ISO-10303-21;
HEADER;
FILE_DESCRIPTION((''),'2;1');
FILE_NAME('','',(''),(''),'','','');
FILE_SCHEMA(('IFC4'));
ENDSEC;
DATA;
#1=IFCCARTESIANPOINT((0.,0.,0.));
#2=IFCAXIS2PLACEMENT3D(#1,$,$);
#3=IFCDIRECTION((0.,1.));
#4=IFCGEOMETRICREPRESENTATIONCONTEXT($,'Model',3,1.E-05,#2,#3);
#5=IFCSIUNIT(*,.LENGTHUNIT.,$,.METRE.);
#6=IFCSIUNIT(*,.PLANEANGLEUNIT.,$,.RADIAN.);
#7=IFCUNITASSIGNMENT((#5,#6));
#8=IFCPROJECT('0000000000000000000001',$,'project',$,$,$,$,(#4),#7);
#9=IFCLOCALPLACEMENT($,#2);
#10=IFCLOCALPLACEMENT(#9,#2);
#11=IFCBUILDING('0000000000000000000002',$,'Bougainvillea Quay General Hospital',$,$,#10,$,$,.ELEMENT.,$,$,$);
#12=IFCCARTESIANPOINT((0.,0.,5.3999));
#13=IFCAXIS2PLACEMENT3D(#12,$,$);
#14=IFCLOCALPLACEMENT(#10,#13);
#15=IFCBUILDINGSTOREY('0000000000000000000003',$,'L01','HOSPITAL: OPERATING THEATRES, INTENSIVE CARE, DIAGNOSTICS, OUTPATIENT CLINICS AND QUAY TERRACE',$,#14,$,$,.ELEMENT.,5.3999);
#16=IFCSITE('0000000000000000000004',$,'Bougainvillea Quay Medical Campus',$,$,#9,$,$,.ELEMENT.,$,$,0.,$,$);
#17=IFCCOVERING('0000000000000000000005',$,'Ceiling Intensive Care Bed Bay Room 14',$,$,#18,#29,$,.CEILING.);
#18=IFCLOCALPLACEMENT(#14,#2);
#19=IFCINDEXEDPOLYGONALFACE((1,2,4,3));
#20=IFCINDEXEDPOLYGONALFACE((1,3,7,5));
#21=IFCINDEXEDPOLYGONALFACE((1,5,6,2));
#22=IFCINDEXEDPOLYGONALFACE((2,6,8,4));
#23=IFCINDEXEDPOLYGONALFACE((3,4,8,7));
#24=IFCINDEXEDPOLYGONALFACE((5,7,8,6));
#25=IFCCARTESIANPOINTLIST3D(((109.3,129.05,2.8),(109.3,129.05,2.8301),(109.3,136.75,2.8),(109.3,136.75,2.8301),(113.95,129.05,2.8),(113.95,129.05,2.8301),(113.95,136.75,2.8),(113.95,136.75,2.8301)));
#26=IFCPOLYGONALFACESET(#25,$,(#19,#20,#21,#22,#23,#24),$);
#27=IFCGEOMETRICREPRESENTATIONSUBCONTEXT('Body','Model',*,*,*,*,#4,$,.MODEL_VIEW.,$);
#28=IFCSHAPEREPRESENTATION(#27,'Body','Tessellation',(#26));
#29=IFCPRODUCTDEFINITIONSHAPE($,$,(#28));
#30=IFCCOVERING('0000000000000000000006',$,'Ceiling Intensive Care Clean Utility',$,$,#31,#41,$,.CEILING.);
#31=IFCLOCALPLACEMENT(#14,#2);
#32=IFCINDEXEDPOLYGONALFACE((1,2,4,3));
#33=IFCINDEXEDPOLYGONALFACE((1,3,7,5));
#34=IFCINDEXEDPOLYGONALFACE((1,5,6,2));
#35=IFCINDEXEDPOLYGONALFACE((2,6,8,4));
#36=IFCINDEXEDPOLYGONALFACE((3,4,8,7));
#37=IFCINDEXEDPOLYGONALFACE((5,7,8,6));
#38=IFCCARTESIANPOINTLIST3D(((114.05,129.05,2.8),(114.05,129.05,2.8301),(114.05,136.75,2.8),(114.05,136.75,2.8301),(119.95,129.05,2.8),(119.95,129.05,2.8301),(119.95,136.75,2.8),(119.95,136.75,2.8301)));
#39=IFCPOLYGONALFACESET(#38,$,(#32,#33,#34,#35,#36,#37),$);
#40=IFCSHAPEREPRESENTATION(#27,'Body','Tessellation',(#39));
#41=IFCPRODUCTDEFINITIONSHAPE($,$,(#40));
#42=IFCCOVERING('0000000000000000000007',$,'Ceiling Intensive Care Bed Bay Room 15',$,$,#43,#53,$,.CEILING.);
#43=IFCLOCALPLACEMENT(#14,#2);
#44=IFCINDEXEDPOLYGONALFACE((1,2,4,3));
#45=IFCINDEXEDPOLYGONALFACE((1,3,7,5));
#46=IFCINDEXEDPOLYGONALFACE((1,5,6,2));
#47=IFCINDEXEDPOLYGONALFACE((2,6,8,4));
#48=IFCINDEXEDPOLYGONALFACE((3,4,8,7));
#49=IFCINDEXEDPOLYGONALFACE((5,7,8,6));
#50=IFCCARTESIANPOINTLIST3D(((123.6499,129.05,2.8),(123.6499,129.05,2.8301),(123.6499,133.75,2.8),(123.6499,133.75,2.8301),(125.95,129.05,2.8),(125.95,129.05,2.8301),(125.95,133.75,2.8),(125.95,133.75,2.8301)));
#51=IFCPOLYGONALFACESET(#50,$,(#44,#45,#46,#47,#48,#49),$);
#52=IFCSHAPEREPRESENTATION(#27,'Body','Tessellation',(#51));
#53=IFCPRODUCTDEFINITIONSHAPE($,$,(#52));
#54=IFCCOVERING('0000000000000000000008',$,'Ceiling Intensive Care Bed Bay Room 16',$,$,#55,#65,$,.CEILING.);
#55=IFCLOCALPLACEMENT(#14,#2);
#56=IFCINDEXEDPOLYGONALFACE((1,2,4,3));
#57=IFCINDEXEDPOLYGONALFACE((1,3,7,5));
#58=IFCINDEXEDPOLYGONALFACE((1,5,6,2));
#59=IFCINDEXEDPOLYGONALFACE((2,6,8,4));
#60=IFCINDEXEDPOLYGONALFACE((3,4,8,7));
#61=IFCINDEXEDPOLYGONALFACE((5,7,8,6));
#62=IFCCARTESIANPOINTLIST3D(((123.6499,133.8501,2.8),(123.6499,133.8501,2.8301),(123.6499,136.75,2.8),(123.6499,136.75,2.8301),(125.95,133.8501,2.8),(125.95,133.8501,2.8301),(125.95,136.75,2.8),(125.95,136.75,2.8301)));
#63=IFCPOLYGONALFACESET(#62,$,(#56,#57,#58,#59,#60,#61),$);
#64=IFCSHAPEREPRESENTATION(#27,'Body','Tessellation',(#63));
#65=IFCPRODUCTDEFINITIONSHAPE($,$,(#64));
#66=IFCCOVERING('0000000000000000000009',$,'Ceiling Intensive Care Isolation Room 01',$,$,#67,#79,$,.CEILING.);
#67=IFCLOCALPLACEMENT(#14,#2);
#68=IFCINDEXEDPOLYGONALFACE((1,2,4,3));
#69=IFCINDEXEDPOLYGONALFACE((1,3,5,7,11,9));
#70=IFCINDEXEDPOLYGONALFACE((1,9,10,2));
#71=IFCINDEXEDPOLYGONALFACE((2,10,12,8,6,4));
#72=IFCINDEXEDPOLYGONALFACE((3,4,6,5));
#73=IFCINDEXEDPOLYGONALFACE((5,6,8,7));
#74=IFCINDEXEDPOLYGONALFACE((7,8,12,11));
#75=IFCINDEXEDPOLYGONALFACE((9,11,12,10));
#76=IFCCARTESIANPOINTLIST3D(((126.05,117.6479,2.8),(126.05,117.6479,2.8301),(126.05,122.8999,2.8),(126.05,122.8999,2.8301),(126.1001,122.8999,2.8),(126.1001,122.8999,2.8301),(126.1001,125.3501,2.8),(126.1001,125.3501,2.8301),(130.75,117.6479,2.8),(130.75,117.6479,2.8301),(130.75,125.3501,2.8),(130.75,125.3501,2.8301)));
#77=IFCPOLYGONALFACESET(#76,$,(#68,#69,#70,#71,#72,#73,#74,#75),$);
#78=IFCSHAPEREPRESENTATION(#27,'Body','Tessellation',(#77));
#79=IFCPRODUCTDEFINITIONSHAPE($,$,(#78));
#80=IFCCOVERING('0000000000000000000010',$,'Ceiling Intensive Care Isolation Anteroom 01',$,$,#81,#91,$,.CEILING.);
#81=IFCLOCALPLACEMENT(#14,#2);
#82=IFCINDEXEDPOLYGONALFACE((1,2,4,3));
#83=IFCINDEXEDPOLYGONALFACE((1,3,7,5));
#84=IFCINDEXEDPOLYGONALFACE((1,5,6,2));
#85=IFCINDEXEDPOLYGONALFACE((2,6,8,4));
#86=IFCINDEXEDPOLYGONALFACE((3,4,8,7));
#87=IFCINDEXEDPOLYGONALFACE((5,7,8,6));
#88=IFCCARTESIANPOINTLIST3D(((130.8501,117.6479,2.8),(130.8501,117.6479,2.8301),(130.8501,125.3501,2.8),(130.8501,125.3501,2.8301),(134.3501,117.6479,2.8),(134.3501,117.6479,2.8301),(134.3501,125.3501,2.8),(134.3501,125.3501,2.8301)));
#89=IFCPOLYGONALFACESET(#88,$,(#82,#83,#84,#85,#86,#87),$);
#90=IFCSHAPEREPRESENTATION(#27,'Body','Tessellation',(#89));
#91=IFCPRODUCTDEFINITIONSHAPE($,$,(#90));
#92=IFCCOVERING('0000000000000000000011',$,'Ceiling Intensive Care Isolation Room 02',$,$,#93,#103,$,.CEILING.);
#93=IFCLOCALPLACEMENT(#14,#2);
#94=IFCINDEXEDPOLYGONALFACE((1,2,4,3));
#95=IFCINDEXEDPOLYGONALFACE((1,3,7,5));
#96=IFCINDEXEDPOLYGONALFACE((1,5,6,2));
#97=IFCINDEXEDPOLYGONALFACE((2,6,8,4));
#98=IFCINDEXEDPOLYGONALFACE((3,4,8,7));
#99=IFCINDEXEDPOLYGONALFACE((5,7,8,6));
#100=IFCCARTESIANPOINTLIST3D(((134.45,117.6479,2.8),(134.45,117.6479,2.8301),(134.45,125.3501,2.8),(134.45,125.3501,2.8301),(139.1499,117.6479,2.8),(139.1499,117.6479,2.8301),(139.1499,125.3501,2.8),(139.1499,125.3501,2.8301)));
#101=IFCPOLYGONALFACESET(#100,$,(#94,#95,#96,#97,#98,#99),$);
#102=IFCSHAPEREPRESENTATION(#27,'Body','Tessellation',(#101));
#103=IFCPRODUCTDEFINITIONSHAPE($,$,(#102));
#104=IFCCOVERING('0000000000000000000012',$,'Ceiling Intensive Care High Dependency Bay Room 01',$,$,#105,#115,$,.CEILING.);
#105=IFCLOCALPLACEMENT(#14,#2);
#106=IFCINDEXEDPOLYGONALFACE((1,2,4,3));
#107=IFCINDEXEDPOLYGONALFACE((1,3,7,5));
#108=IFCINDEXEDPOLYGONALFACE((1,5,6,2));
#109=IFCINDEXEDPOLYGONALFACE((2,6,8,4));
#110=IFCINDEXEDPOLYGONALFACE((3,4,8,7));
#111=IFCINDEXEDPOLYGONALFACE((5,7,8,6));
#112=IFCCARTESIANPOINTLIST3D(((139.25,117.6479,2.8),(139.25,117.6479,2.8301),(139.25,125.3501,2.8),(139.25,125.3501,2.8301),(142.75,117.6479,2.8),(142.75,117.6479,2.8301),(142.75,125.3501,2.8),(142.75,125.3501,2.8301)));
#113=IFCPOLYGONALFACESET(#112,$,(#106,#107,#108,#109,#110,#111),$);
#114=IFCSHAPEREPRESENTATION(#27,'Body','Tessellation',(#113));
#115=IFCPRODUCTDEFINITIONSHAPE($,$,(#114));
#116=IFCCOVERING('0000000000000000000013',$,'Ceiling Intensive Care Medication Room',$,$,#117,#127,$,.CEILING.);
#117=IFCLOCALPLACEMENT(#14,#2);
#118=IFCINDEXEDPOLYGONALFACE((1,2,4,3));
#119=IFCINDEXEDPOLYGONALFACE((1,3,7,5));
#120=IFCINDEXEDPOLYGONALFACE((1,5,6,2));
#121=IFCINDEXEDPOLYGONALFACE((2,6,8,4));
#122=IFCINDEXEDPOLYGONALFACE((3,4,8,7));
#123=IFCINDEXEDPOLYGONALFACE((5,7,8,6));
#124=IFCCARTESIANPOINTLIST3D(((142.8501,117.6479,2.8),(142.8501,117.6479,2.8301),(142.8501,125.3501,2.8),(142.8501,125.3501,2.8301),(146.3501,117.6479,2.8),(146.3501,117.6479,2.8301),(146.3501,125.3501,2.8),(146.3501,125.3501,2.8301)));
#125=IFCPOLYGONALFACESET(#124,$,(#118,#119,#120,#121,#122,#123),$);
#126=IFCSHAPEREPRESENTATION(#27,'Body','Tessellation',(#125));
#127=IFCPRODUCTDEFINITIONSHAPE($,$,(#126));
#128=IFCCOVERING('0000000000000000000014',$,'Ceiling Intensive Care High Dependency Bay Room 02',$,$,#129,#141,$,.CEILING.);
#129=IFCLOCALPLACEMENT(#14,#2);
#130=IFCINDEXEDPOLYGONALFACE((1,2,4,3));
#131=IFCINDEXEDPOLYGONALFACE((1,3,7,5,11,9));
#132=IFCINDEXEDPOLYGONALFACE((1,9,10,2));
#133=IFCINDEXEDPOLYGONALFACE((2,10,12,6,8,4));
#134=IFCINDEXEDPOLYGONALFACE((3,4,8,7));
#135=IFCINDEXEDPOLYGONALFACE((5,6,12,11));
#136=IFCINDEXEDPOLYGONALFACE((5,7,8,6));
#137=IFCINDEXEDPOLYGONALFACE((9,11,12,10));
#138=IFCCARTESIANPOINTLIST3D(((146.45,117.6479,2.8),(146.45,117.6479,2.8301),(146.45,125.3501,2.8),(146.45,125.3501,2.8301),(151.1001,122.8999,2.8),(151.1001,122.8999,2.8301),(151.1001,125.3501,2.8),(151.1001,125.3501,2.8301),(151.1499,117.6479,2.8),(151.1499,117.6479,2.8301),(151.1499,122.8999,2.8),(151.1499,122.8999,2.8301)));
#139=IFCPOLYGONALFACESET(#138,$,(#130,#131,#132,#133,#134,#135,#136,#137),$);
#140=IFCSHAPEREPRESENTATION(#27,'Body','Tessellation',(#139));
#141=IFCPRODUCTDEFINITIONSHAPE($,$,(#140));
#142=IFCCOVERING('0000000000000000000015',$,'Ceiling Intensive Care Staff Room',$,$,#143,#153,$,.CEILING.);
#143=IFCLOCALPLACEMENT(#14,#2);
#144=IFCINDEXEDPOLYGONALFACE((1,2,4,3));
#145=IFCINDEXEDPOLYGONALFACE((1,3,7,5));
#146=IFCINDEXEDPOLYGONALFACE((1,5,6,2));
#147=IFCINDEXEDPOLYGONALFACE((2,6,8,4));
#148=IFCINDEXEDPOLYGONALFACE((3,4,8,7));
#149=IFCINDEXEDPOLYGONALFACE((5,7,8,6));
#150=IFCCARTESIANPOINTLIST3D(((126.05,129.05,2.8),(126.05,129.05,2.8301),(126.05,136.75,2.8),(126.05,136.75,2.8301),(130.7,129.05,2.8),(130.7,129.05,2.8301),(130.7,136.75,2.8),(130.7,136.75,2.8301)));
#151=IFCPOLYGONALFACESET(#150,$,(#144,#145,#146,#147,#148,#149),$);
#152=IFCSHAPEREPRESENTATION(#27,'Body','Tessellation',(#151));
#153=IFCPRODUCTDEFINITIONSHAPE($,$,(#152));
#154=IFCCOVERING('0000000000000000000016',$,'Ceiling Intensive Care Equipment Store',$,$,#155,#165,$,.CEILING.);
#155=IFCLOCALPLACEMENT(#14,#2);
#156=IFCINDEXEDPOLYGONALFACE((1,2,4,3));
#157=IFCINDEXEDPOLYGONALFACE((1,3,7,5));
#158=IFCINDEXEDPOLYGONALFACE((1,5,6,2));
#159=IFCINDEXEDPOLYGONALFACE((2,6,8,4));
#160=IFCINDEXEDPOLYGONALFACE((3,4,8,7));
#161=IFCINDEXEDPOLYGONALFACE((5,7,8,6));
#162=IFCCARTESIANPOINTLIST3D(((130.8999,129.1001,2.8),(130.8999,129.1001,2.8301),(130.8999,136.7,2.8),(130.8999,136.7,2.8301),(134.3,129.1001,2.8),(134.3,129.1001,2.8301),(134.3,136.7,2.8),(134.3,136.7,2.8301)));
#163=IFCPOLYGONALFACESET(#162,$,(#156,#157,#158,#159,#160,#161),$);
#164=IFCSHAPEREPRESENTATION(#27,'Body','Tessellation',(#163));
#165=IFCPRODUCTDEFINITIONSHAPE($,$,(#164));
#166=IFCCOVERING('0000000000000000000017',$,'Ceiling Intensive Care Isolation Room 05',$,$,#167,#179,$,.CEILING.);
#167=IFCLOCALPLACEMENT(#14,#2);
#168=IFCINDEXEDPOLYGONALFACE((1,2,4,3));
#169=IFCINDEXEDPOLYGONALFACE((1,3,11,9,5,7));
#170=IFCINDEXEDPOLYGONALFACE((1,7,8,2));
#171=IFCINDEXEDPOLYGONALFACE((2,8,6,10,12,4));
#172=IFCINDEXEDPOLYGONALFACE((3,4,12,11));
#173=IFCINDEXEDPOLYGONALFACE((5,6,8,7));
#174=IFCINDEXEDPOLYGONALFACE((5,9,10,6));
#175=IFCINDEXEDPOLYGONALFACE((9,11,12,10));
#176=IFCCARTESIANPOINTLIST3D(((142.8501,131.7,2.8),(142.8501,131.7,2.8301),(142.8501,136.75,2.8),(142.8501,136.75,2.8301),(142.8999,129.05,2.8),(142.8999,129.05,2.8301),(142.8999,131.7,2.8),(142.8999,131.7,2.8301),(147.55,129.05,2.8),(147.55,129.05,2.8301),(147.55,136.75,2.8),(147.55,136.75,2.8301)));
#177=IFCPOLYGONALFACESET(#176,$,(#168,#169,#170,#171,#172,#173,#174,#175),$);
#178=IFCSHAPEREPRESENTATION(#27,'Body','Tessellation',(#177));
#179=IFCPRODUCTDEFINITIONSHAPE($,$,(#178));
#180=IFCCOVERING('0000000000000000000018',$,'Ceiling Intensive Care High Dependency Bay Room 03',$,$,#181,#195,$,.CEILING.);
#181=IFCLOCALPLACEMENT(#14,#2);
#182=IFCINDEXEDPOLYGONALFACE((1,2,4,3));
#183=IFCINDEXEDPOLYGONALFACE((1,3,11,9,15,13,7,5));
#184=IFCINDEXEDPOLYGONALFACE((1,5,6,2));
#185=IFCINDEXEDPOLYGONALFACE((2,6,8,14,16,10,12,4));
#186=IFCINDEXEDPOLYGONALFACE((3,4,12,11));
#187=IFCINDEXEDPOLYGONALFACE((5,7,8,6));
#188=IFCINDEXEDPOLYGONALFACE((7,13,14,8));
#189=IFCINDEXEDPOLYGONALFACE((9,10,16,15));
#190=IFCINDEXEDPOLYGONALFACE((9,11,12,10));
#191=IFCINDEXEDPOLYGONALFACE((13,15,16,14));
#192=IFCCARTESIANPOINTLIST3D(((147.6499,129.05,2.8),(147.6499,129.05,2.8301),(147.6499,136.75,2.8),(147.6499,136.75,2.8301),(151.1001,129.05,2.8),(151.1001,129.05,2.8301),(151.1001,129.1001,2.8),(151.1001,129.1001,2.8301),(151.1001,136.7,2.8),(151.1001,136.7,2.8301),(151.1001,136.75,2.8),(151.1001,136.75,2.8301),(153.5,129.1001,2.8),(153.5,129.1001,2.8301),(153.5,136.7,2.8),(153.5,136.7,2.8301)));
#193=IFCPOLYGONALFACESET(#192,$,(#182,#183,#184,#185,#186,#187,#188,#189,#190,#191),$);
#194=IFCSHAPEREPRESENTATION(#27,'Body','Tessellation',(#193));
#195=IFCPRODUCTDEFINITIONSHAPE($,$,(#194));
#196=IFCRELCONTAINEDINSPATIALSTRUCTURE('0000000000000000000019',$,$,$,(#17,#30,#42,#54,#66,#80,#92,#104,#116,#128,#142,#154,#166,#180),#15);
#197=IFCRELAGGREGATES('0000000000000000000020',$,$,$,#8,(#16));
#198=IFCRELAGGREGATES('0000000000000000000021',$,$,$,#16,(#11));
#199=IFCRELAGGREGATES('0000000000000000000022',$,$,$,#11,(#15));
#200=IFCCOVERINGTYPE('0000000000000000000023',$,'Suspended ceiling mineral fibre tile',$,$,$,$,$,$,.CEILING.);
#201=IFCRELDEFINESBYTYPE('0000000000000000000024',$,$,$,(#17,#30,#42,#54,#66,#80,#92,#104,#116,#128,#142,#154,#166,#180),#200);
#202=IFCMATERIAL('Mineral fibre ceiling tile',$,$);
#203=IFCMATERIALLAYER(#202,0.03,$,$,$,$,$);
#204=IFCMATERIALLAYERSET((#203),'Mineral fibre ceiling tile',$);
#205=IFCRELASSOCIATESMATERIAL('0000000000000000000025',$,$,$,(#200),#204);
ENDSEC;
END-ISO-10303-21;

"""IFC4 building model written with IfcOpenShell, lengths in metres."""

from ifc_helpers import new_model, si_unit, direction, frame, origin, place, context, subcontext, project, spatial, polyline, outline, extrude, material, layer, layer_set, type_object, element, save


model = new_model("IFC4")

# Units and contexts
model_context = context("Model", 3, precision=1e-05, world=origin(), true_north=direction((0.0, 1.0)))
body_context = subcontext(model_context, "Body", "Model", "MODEL_VIEW")
ifc_project = project(units=[si_unit("LENGTHUNIT", "METRE"), si_unit("PLANEANGLEUNIT", "RADIAN")], contexts=[model_context])

# Site, building, storey
site_placement = place(None, origin())
site = spatial("IfcSite", under=ifc_project, at=site_placement, Name="Bougainvillea Quay Medical Campus", CompositionType="ELEMENT", RefElevation=0.0)
building_placement = place(site_placement, origin())
building = spatial("IfcBuilding", under=site, at=building_placement, Name="Bougainvillea Quay General Hospital", CompositionType="ELEMENT")
storey_placement = place(building_placement, frame((0.0, 0.0, 5.3999)))
storey = spatial("IfcBuildingStorey", under=building, at=storey_placement, Name="L01", Description="HOSPITAL: OPERATING THEATRES, INTENSIVE CARE, DIAGNOSTICS, OUTPATIENT CLINICS AND QUAY TERRACE", CompositionType="ELEMENT", Elevation=5.3999)

# Coverings
ifc_material = material(Name="Mineral fibre ceiling tile")
ifc_layer = layer(ifc_material, 0.03)
ifc_layer_set = layer_set([ifc_layer], Name="Mineral fibre ceiling tile")
covering_type = type_object("IfcCoveringType", Name="Suspended ceiling mineral fibre tile", PredefinedType="CEILING", material=ifc_layer_set)
covering_1_placement = place(storey_placement, frame((0.0, 0.0, 2.8)))
element("IfcCovering", 1, at=covering_1_placement, inside=storey, type_object=covering_type, Name="Ceiling Intensive Care Bed Bay Room 14", PredefinedType="CEILING", context=body_context, shape_type="SweptSolid", body=[
    extrude(outline(polyline([(113.95, 129.05), (113.95, 136.75), (109.3, 136.75), (109.3, 129.05), (113.95, 129.05)])), origin(), (0.0, 0.0, 1.0), 0.03),
])
covering_2_placement = place(storey_placement, frame((0.0, 0.0, 2.8)))
element("IfcCovering", 2, at=covering_2_placement, inside=storey, type_object=covering_type, Name="Ceiling Intensive Care Clean Utility", PredefinedType="CEILING", context=body_context, shape_type="SweptSolid", body=[
    extrude(outline(polyline([(114.05, 129.05), (119.95, 129.05), (119.95, 136.75), (114.05, 136.75), (114.05, 129.05)])), origin(), (0.0, 0.0, 1.0), 0.03),
])
covering_3_placement = place(storey_placement, frame((0.0, 0.0, 2.8)))
element("IfcCovering", 3, at=covering_3_placement, inside=storey, type_object=covering_type, Name="Ceiling Intensive Care Bed Bay Room 15", PredefinedType="CEILING", context=body_context, shape_type="SweptSolid", body=[
    extrude(outline(polyline([(125.95, 133.75), (123.6499, 133.75), (123.6499, 129.05), (125.95, 129.05), (125.95, 133.75)])), origin(), (0.0, 0.0, 1.0), 0.03),
])
covering_4_placement = place(storey_placement, frame((0.0, 0.0, 2.8)))
element("IfcCovering", 4, at=covering_4_placement, inside=storey, type_object=covering_type, Name="Ceiling Intensive Care Bed Bay Room 16", PredefinedType="CEILING", context=body_context, shape_type="SweptSolid", body=[
    extrude(outline(polyline([(125.95, 136.75), (123.6499, 136.75), (123.6499, 133.8501), (125.95, 133.8501), (125.95, 136.75)])), origin(), (0.0, 0.0, 1.0), 0.03),
])
covering_5_placement = place(storey_placement, frame((0.0, 0.0, 2.8)))
element("IfcCovering", 5, at=covering_5_placement, inside=storey, type_object=covering_type, Name="Ceiling Intensive Care Isolation Room 01", PredefinedType="CEILING", context=body_context, shape_type="SweptSolid", body=[
    extrude(outline(polyline([(126.1001, 122.8999), (126.05, 122.8999), (126.05, 117.6479), (130.75, 117.6479), (130.75, 125.3501), (126.1001, 125.3501), (126.1001, 122.8999)])), origin(), (0.0, 0.0, 1.0), 0.03),
])
covering_6_placement = place(storey_placement, frame((0.0, 0.0, 2.8)))
element("IfcCovering", 6, at=covering_6_placement, inside=storey, type_object=covering_type, Name="Ceiling Intensive Care Isolation Anteroom 01", PredefinedType="CEILING", context=body_context, shape_type="SweptSolid", body=[
    extrude(outline(polyline([(130.8501, 117.6479), (134.3501, 117.6479), (134.3501, 125.3501), (130.8501, 125.3501), (130.8501, 117.6479)])), origin(), (0.0, 0.0, 1.0), 0.03),
])
covering_7_placement = place(storey_placement, frame((0.0, 0.0, 2.8)))
element("IfcCovering", 7, at=covering_7_placement, inside=storey, type_object=covering_type, Name="Ceiling Intensive Care Isolation Room 02", PredefinedType="CEILING", context=body_context, shape_type="SweptSolid", body=[
    extrude(outline(polyline([(139.1499, 117.6479), (139.1499, 125.3501), (134.45, 125.3501), (134.45, 117.6479), (139.1499, 117.6479)])), origin(), (0.0, 0.0, 1.0), 0.03),
])
covering_8_placement = place(storey_placement, frame((0.0, 0.0, 2.8)))
element("IfcCovering", 8, at=covering_8_placement, inside=storey, type_object=covering_type, Name="Ceiling Intensive Care High Dependency Bay Room 01", PredefinedType="CEILING", context=body_context, shape_type="SweptSolid", body=[
    extrude(outline(polyline([(139.25, 117.6479), (142.75, 117.6479), (142.75, 125.3501), (139.25, 125.3501), (139.25, 117.6479)])), origin(), (0.0, 0.0, 1.0), 0.03),
])
covering_9_placement = place(storey_placement, frame((0.0, 0.0, 2.8)))
element("IfcCovering", 9, at=covering_9_placement, inside=storey, type_object=covering_type, Name="Ceiling Intensive Care Medication Room", PredefinedType="CEILING", context=body_context, shape_type="SweptSolid", body=[
    extrude(outline(polyline([(142.8501, 117.6479), (146.3501, 117.6479), (146.3501, 125.3501), (142.8501, 125.3501), (142.8501, 117.6479)])), origin(), (0.0, 0.0, 1.0), 0.03),
])
covering_10_placement = place(storey_placement, frame((0.0, 0.0, 2.8)))
element("IfcCovering", 10, at=covering_10_placement, inside=storey, type_object=covering_type, Name="Ceiling Intensive Care High Dependency Bay Room 02", PredefinedType="CEILING", context=body_context, shape_type="SweptSolid", body=[
    extrude(outline(polyline([(151.1001, 125.3501), (146.45, 125.3501), (146.45, 117.6479), (151.1499, 117.6479), (151.1499, 122.8999), (151.1001, 122.8999), (151.1001, 125.3501)])), origin(), (0.0, 0.0, 1.0), 0.03),
])
covering_11_placement = place(storey_placement, frame((0.0, 0.0, 2.8)))
element("IfcCovering", 11, at=covering_11_placement, inside=storey, type_object=covering_type, Name="Ceiling Intensive Care Staff Room", PredefinedType="CEILING", context=body_context, shape_type="SweptSolid", body=[
    extrude(outline(polyline([(126.05, 129.05), (130.7, 129.05), (130.7, 136.75), (126.05, 136.75), (126.05, 129.05)])), origin(), (0.0, 0.0, 1.0), 0.03),
])
covering_12_placement = place(storey_placement, frame((0.0, 0.0, 2.8)))
element("IfcCovering", 12, at=covering_12_placement, inside=storey, type_object=covering_type, Name="Ceiling Intensive Care Equipment Store", PredefinedType="CEILING", context=body_context, shape_type="SweptSolid", body=[
    extrude(outline(polyline([(130.8999, 136.7), (130.8999, 129.1001), (134.3, 129.1001), (134.3, 136.7), (130.8999, 136.7)])), origin(), (0.0, 0.0, 1.0), 0.03),
])
covering_13_placement = place(storey_placement, frame((0.0, 0.0, 2.8)))
element("IfcCovering", 13, at=covering_13_placement, inside=storey, type_object=covering_type, Name="Ceiling Intensive Care Isolation Room 05", PredefinedType="CEILING", context=body_context, shape_type="SweptSolid", body=[
    extrude(outline(polyline([(147.55, 129.05), (147.55, 136.75), (142.8501, 136.75), (142.8501, 131.7), (142.8999, 131.7), (142.8999, 129.05), (147.55, 129.05)])), origin(), (0.0, 0.0, 1.0), 0.03),
])
covering_14_placement = place(storey_placement, frame((0.0, 0.0, 2.8)))
element("IfcCovering", 14, at=covering_14_placement, inside=storey, type_object=covering_type, Name="Ceiling Intensive Care High Dependency Bay Room 03", PredefinedType="CEILING", context=body_context, shape_type="SweptSolid", body=[
    extrude(outline(polyline([(153.5, 129.1001), (153.5, 136.7), (151.1001, 136.7), (151.1001, 136.75), (147.6499, 136.75), (147.6499, 129.05), (151.1001, 129.05), (151.1001, 129.1001), (153.5, 129.1001)])), origin(), (0.0, 0.0, 1.0), 0.03),
])

save(model, "model.ifc")
